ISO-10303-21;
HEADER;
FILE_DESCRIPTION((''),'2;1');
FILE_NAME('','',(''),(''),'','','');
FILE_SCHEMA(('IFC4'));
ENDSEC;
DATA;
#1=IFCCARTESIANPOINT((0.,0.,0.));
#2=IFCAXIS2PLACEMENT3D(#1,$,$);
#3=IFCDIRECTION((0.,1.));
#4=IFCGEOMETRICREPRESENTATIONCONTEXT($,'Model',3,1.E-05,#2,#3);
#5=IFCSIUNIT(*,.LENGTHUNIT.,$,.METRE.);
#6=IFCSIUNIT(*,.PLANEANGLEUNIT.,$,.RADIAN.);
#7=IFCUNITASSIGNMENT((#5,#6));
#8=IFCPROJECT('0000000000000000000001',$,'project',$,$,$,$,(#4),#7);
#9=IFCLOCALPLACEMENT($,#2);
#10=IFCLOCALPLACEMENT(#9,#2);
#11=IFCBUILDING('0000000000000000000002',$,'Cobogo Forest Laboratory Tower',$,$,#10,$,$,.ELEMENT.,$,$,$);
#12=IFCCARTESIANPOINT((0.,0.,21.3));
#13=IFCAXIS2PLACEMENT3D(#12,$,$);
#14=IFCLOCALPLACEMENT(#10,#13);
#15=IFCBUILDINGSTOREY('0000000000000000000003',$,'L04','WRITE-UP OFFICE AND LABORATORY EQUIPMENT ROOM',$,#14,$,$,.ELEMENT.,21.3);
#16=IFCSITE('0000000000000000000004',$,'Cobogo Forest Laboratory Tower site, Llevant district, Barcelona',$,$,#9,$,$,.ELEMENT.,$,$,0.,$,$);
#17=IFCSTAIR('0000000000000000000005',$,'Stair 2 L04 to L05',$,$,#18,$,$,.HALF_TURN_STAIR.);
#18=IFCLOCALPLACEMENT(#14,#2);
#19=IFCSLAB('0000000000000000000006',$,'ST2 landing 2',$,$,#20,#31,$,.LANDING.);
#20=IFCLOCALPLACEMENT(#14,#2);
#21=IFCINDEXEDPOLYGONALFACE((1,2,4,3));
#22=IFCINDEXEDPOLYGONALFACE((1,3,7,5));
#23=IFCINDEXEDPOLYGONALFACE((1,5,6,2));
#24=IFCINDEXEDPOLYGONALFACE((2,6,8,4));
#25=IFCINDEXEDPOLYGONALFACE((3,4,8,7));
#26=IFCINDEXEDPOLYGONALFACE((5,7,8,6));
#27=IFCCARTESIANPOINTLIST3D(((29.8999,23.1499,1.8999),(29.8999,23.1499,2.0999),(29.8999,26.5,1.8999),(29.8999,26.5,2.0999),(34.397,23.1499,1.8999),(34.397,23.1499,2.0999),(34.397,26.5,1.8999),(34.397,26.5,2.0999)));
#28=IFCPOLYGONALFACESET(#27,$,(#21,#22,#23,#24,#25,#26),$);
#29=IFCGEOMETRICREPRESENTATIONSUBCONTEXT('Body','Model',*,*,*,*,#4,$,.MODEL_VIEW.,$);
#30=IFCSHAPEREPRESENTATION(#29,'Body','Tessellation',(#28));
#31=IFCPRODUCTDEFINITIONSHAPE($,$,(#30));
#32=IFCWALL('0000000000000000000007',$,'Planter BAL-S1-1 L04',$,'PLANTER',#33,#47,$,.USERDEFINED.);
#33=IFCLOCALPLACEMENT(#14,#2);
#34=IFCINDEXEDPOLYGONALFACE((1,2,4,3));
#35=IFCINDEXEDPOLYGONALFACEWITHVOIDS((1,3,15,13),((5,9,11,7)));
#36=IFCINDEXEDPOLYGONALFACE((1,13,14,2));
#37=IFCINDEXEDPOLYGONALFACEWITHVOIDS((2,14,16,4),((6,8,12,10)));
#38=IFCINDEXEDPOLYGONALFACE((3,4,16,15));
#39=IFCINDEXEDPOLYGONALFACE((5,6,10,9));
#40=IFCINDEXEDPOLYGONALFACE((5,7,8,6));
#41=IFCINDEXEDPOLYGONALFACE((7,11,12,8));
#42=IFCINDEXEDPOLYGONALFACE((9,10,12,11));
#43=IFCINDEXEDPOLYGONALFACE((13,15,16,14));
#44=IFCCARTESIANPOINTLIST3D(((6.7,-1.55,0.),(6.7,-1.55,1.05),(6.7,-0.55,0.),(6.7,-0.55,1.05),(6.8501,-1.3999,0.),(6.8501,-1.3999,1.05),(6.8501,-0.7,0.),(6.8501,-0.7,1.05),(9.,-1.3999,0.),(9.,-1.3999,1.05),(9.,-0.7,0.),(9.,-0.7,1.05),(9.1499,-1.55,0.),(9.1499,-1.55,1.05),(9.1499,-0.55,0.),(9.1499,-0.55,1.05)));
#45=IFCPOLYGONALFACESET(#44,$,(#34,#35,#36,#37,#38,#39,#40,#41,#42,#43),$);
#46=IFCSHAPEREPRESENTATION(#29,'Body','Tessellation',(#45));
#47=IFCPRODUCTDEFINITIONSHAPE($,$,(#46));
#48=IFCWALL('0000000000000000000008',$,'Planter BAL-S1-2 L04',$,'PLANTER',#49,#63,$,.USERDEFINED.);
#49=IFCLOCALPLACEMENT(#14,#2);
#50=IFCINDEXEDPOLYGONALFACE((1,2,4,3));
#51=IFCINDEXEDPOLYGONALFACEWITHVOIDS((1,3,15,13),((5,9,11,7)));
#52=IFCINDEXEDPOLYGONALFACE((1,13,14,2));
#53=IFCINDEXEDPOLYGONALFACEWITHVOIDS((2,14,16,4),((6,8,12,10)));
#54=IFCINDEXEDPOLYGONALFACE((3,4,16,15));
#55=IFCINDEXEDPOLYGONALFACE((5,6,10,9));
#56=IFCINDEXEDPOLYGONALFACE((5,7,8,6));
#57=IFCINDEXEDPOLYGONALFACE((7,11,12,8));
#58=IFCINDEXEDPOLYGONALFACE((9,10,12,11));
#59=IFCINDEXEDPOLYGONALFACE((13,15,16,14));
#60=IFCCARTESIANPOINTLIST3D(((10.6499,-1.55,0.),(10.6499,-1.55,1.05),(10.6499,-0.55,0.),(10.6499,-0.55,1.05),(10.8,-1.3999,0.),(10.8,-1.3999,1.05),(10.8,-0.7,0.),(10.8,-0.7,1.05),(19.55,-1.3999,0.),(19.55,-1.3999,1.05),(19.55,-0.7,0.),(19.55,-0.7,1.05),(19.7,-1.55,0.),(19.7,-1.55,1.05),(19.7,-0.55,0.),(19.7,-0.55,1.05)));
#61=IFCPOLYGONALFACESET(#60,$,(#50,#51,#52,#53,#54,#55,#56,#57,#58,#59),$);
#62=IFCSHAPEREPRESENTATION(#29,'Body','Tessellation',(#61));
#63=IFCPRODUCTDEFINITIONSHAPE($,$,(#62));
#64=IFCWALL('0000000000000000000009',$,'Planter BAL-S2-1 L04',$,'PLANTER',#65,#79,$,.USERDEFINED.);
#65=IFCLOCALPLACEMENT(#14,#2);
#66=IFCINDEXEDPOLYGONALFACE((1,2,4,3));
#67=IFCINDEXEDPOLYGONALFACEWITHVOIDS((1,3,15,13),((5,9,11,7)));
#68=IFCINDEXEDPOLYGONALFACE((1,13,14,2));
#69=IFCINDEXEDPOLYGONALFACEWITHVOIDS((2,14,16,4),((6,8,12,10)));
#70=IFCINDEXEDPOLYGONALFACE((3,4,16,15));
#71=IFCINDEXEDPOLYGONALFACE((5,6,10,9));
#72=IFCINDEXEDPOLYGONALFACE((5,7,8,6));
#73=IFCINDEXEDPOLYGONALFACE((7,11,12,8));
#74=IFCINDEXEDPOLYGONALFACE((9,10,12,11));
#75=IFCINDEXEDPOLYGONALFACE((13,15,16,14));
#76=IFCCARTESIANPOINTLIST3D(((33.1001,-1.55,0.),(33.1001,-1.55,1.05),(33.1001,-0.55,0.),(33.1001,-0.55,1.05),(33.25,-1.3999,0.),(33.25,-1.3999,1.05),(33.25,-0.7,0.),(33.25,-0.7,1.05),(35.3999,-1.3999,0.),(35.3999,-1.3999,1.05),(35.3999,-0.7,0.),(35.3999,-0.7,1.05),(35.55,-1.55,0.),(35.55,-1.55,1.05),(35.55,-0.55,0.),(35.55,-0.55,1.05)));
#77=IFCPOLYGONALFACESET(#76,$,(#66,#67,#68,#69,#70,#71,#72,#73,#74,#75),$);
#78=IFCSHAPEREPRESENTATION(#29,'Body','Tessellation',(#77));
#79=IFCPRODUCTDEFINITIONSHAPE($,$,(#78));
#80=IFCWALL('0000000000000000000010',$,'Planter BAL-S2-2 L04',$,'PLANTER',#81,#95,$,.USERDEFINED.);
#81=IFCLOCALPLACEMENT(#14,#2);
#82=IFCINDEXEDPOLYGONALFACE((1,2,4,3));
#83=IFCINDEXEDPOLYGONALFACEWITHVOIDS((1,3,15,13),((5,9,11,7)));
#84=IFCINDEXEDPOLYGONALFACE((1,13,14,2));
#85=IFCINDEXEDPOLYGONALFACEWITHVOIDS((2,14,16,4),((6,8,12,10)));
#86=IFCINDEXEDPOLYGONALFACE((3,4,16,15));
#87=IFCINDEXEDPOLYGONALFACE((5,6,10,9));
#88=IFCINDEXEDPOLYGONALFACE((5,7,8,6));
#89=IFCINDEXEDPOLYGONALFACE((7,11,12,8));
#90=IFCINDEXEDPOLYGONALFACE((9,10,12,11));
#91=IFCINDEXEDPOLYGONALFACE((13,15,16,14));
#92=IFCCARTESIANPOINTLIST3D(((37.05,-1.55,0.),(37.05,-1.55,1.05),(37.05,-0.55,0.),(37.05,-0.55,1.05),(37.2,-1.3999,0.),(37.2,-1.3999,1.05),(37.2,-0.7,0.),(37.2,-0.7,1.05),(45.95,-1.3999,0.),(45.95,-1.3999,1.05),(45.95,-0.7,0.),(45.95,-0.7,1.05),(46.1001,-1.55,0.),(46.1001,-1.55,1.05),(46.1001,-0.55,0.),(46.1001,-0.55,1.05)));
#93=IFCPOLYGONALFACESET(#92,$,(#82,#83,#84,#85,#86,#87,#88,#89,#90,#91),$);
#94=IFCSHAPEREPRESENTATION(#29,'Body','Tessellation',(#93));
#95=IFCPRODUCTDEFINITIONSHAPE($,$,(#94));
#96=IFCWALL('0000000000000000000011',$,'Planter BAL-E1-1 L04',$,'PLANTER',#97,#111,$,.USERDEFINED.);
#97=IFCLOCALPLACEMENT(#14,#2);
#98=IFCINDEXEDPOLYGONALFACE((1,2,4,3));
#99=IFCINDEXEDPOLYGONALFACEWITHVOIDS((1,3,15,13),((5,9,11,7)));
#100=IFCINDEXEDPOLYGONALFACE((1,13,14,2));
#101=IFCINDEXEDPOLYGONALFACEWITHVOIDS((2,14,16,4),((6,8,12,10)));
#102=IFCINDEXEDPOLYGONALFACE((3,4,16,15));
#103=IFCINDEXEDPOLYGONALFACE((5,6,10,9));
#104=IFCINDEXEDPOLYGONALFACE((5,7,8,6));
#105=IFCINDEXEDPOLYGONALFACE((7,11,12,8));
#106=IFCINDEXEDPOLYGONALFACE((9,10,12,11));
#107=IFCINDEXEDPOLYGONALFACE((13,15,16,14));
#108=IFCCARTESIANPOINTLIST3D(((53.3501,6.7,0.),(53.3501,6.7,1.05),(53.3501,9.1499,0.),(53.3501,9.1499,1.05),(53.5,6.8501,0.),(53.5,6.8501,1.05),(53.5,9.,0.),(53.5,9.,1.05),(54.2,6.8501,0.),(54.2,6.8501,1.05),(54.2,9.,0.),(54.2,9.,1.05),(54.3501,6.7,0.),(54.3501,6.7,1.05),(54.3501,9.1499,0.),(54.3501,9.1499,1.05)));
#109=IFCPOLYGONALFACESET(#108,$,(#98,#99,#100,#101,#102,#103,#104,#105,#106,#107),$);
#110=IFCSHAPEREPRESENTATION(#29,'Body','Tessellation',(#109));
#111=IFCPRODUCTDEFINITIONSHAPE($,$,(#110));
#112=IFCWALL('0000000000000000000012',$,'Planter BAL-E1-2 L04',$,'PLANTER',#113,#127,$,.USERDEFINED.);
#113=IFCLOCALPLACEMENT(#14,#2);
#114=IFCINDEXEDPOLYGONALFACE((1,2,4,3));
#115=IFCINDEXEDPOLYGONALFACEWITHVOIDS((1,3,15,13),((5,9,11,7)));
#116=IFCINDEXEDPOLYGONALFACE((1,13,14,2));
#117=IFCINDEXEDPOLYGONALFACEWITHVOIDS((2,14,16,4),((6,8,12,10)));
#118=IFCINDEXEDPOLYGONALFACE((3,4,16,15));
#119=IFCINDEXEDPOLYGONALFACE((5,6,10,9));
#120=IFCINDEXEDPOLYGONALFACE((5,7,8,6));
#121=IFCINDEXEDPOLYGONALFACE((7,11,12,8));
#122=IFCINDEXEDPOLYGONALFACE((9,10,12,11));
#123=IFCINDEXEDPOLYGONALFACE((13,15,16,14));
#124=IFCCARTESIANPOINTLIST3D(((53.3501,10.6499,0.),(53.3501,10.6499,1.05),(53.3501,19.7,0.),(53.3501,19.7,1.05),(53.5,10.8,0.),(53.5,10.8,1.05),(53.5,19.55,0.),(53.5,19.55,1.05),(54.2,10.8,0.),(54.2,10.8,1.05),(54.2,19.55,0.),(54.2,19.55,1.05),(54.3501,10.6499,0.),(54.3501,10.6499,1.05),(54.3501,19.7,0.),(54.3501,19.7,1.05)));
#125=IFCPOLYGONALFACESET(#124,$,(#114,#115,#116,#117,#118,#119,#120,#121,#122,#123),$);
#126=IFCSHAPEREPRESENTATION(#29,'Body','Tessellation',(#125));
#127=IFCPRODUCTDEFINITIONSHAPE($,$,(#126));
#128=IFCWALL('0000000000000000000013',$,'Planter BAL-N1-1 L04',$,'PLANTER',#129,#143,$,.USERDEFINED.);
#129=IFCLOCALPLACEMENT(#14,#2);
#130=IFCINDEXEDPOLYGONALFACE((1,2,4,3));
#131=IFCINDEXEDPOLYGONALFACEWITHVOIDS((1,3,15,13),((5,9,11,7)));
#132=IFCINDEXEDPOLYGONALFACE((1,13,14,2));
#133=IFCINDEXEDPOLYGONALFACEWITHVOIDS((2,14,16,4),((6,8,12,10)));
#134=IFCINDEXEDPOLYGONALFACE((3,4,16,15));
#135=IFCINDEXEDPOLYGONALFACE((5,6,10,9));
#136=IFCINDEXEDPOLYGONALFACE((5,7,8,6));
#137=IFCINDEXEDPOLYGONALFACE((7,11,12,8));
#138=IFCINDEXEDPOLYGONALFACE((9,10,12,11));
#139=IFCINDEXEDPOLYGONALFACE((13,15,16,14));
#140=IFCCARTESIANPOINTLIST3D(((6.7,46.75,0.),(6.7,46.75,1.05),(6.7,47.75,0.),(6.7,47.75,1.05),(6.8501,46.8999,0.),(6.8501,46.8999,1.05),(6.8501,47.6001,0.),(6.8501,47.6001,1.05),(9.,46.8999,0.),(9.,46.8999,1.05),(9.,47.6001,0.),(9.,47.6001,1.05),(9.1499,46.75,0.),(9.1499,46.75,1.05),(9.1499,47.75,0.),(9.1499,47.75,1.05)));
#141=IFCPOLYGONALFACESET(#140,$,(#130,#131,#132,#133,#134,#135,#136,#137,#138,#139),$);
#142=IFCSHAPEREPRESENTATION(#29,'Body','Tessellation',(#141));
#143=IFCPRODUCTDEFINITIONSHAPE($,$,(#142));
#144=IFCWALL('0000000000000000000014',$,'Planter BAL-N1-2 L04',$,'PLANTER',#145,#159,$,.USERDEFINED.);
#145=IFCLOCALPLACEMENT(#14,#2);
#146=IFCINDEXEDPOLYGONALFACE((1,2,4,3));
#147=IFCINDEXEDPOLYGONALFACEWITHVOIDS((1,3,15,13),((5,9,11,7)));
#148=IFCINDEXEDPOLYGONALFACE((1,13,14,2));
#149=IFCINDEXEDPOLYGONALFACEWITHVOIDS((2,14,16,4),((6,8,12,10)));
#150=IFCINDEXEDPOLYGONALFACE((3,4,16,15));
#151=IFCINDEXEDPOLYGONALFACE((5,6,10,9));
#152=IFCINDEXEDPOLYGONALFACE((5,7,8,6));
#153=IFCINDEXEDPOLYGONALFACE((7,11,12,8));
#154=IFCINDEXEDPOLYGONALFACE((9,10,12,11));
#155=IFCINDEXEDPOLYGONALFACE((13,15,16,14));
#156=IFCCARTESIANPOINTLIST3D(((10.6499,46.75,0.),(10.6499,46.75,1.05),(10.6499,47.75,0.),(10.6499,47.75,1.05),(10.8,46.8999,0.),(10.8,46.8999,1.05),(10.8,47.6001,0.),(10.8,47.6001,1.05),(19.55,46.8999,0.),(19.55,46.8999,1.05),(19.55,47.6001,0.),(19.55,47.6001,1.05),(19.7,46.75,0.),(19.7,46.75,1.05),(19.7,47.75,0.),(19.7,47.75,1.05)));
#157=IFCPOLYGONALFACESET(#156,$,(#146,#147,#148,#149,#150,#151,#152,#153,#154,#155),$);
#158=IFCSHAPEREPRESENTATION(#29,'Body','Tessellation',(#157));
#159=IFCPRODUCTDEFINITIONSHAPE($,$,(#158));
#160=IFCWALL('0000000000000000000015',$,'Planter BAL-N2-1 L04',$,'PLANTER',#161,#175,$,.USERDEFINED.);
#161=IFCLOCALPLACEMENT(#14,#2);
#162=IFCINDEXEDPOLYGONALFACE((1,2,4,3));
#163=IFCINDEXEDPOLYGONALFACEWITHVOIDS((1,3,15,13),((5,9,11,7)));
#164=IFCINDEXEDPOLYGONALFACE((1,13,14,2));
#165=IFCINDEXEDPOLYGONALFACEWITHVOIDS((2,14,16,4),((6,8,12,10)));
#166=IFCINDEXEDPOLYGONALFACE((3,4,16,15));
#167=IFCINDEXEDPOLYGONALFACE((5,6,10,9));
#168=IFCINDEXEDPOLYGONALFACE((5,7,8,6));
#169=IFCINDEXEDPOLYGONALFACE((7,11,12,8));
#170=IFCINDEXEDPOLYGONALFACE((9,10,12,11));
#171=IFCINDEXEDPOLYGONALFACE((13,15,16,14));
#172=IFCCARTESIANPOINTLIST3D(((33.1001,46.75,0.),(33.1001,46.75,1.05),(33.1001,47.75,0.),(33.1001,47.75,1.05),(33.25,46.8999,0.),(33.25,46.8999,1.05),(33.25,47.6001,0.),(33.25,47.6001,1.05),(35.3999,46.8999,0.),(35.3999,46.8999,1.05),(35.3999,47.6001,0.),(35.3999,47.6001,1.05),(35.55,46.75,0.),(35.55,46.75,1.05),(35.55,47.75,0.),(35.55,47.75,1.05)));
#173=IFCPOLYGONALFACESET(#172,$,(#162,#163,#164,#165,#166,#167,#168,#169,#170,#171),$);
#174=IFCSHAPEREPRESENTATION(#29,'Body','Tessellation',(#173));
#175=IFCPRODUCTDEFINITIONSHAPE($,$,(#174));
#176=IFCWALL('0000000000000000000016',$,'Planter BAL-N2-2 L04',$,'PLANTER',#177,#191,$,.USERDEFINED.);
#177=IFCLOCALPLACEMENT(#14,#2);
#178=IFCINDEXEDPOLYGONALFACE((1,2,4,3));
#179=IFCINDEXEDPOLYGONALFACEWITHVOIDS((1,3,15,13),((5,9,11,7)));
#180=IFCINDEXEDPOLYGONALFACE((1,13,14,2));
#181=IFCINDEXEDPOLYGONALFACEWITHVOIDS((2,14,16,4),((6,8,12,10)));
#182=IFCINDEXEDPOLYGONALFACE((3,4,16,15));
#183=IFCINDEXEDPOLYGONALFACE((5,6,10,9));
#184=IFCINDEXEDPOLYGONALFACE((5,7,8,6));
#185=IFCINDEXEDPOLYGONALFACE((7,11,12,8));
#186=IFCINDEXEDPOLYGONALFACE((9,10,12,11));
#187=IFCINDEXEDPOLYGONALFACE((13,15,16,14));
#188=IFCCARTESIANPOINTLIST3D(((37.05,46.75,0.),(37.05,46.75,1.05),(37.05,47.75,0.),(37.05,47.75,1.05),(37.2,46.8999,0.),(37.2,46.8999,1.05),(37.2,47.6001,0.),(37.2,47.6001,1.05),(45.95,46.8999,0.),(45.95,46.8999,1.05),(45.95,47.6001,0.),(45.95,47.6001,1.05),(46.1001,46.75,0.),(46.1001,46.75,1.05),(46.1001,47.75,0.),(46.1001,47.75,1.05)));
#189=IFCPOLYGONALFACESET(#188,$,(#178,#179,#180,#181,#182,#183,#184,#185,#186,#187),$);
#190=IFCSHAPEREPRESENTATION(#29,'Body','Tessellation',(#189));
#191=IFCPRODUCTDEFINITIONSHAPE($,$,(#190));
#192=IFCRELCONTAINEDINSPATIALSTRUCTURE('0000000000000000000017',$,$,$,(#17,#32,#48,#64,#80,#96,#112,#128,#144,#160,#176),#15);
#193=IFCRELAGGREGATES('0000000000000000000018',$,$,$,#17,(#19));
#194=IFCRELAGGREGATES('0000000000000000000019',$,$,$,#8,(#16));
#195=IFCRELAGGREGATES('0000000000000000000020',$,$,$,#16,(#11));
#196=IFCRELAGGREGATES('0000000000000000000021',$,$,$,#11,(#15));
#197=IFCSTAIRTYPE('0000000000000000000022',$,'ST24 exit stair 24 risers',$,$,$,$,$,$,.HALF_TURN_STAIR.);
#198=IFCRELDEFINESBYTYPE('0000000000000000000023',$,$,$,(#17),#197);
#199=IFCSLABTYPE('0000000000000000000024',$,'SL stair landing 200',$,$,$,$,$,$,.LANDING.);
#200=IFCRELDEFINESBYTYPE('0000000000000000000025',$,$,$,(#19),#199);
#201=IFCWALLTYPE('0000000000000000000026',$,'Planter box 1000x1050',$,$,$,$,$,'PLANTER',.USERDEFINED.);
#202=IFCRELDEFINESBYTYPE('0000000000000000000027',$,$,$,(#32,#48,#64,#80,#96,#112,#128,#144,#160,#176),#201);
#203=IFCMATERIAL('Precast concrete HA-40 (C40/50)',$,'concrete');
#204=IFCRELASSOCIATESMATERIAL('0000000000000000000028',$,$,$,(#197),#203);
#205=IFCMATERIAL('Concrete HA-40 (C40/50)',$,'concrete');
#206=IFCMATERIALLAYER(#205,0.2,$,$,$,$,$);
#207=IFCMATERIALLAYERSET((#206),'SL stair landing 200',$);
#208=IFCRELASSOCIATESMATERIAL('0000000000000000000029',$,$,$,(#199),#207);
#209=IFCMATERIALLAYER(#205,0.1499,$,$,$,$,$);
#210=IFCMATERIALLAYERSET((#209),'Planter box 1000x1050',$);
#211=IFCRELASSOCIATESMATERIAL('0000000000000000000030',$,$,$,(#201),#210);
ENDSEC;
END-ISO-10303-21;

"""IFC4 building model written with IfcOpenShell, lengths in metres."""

from ifc_helpers import new_model, si_unit, direction, frame, origin, place, context, subcontext, project, spatial, polyline, outline, extrude, material, layer, layer_set, type_object, element, aggregate, save


model = new_model("IFC4")

# Units and contexts
model_context = context("Model", 3, precision=1e-05, world=origin(), true_north=direction((0.0, 1.0)))
body_context = subcontext(model_context, "Body", "Model", "MODEL_VIEW")
ifc_project = project(units=[si_unit("LENGTHUNIT", "METRE"), si_unit("PLANEANGLEUNIT", "RADIAN")], contexts=[model_context])

# Site, building, storey
site_placement = place(None, origin())
site = spatial("IfcSite", under=ifc_project, at=site_placement, Name="Cobogo Forest Laboratory Tower site, Llevant district, Barcelona", CompositionType="ELEMENT", RefElevation=0.0)
building_placement = place(site_placement, origin())
building = spatial("IfcBuilding", under=site, at=building_placement, Name="Cobogo Forest Laboratory Tower", CompositionType="ELEMENT")
storey_placement = place(building_placement, frame((0.0, 0.0, 21.3)))
storey = spatial("IfcBuildingStorey", under=building, at=storey_placement, Name="L04", Description="WRITE-UP OFFICE AND LABORATORY EQUIPMENT ROOM", CompositionType="ELEMENT", Elevation=21.3)

# Shared definitions
ifc_material_1 = material(Name="Concrete HA-40 (C40/50)", Category="concrete")

# Stair, slab
ifc_material_2 = material(Name="Precast concrete HA-40 (C40/50)", Category="concrete")
stair_type = type_object("IfcStairType", Name="ST24 exit stair 24 risers", PredefinedType="HALF_TURN_STAIR", material=ifc_material_2)
ifc_layer_1 = layer(ifc_material_1, 0.2)
ifc_layer_set_1 = layer_set([ifc_layer_1], Name="SL stair landing 200")
slab_type_1 = type_object("IfcSlabType", Name="SL stair landing 200", PredefinedType="LANDING", material=ifc_layer_set_1)
stair_1_placement = place(storey_placement, origin())
stair_1 = element("IfcStair", 1, at=stair_1_placement, inside=storey, type_object=stair_type, Name="Stair 2 L04 to L05", PredefinedType="HALF_TURN_STAIR")
slab_1_placement = place(storey_placement, frame((0.0, 0.0, 1.8999)))
slab_1 = element("IfcSlab", 2, at=slab_1_placement, type_object=slab_type_1, Name="ST2 landing 2", PredefinedType="LANDING", context=body_context, shape_type="SweptSolid", body=[
    extrude(outline(polyline([(29.8999, 23.1499), (34.397, 23.1499), (34.397, 26.5), (29.8999, 26.5), (29.8999, 23.1499)])), origin(), (0.0, 0.0, 1.0), 0.2),
])
aggregate(stair_1, [slab_1])

# Walls
ifc_layer_2 = layer(ifc_material_1, 0.1499)
ifc_layer_set_2 = layer_set([ifc_layer_2], Name="Planter box 1000x1050")
wall_type = type_object("IfcWallType", Name="Planter box 1000x1050", ElementType="PLANTER", PredefinedType="USERDEFINED", material=ifc_layer_set_2)
wall_1_placement = place(storey_placement, origin())
element("IfcWall", 3, at=wall_1_placement, inside=storey, type_object=wall_type, Name="Planter BAL-S1-1 L04", ObjectType="PLANTER", PredefinedType="USERDEFINED", context=body_context, shape_type="SweptSolid", body=[
    extrude(outline(polyline([(6.7, -1.55), (9.1499, -1.55), (9.1499, -0.55), (6.7, -0.55), (6.7, -1.55)]), holes=[polyline([(6.8501, -1.3999), (9.0, -1.3999), (9.0, -0.7), (6.8501, -0.7), (6.8501, -1.3999)])]), origin(), (0.0, 0.0, 1.0), 1.05),
])
wall_2_placement = place(storey_placement, origin())
element("IfcWall", 4, at=wall_2_placement, inside=storey, type_object=wall_type, Name="Planter BAL-S1-2 L04", ObjectType="PLANTER", PredefinedType="USERDEFINED", context=body_context, shape_type="SweptSolid", body=[
    extrude(outline(polyline([(10.6499, -1.55), (19.7, -1.55), (19.7, -0.55), (10.6499, -0.55), (10.6499, -1.55)]), holes=[polyline([(10.8, -1.3999), (19.55, -1.3999), (19.55, -0.7), (10.8, -0.7), (10.8, -1.3999)])]), origin(), (0.0, 0.0, 1.0), 1.05),
])
wall_3_placement = place(storey_placement, origin())
element("IfcWall", 5, at=wall_3_placement, inside=storey, type_object=wall_type, Name="Planter BAL-S2-1 L04", ObjectType="PLANTER", PredefinedType="USERDEFINED", context=body_context, shape_type="SweptSolid", body=[
    extrude(outline(polyline([(33.1001, -1.55), (35.55, -1.55), (35.55, -0.55), (33.1001, -0.55), (33.1001, -1.55)]), holes=[polyline([(33.25, -1.3999), (35.3999, -1.3999), (35.3999, -0.7), (33.25, -0.7), (33.25, -1.3999)])]), origin(), (0.0, 0.0, 1.0), 1.05),
])
wall_4_placement = place(storey_placement, origin())
element("IfcWall", 6, at=wall_4_placement, inside=storey, type_object=wall_type, Name="Planter BAL-S2-2 L04", ObjectType="PLANTER", PredefinedType="USERDEFINED", context=body_context, shape_type="SweptSolid", body=[
    extrude(outline(polyline([(37.05, -1.55), (46.1001, -1.55), (46.1001, -0.55), (37.05, -0.55), (37.05, -1.55)]), holes=[polyline([(37.2, -1.3999), (45.95, -1.3999), (45.95, -0.7), (37.2, -0.7), (37.2, -1.3999)])]), origin(), (0.0, 0.0, 1.0), 1.05),
])
wall_5_placement = place(storey_placement, origin())
element("IfcWall", 7, at=wall_5_placement, inside=storey, type_object=wall_type, Name="Planter BAL-E1-1 L04", ObjectType="PLANTER", PredefinedType="USERDEFINED", context=body_context, shape_type="SweptSolid", body=[
    extrude(outline(polyline([(53.3501, 6.7), (54.3501, 6.7), (54.3501, 9.1499), (53.3501, 9.1499), (53.3501, 6.7)]), holes=[polyline([(53.5, 6.8501), (54.2, 6.8501), (54.2, 9.0), (53.5, 9.0), (53.5, 6.8501)])]), origin(), (0.0, 0.0, 1.0), 1.05),
])
wall_6_placement = place(storey_placement, origin())
element("IfcWall", 8, at=wall_6_placement, inside=storey, type_object=wall_type, Name="Planter BAL-E1-2 L04", ObjectType="PLANTER", PredefinedType="USERDEFINED", context=body_context, shape_type="SweptSolid", body=[
    extrude(outline(polyline([(53.3501, 10.6499), (54.3501, 10.6499), (54.3501, 19.7), (53.3501, 19.7), (53.3501, 10.6499)]), holes=[polyline([(53.5, 10.8), (54.2, 10.8), (54.2, 19.55), (53.5, 19.55), (53.5, 10.8)])]), origin(), (0.0, 0.0, 1.0), 1.05),
])
wall_7_placement = place(storey_placement, origin())
element("IfcWall", 9, at=wall_7_placement, inside=storey, type_object=wall_type, Name="Planter BAL-N1-1 L04", ObjectType="PLANTER", PredefinedType="USERDEFINED", context=body_context, shape_type="SweptSolid", body=[
    extrude(outline(polyline([(6.7, 46.75), (9.1499, 46.75), (9.1499, 47.75), (6.7, 47.75), (6.7, 46.75)]), holes=[polyline([(6.8501, 46.8999), (9.0, 46.8999), (9.0, 47.6001), (6.8501, 47.6001), (6.8501, 46.8999)])]), origin(), (0.0, 0.0, 1.0), 1.05),
])
wall_8_placement = place(storey_placement, origin())
element("IfcWall", 10, at=wall_8_placement, inside=storey, type_object=wall_type, Name="Planter BAL-N1-2 L04", ObjectType="PLANTER", PredefinedType="USERDEFINED", context=body_context, shape_type="SweptSolid", body=[
    extrude(outline(polyline([(10.6499, 46.75), (19.7, 46.75), (19.7, 47.75), (10.6499, 47.75), (10.6499, 46.75)]), holes=[polyline([(10.8, 46.8999), (19.55, 46.8999), (19.55, 47.6001), (10.8, 47.6001), (10.8, 46.8999)])]), origin(), (0.0, 0.0, 1.0), 1.05),
])
wall_9_placement = place(storey_placement, origin())
element("IfcWall", 11, at=wall_9_placement, inside=storey, type_object=wall_type, Name="Planter BAL-N2-1 L04", ObjectType="PLANTER", PredefinedType="USERDEFINED", context=body_context, shape_type="SweptSolid", body=[
    extrude(outline(polyline([(33.1001, 46.75), (35.55, 46.75), (35.55, 47.75), (33.1001, 47.75), (33.1001, 46.75)]), holes=[polyline([(33.25, 46.8999), (35.3999, 46.8999), (35.3999, 47.6001), (33.25, 47.6001), (33.25, 46.8999)])]), origin(), (0.0, 0.0, 1.0), 1.05),
])
wall_10_placement = place(storey_placement, origin())
element("IfcWall", 12, at=wall_10_placement, inside=storey, type_object=wall_type, Name="Planter BAL-N2-2 L04", ObjectType="PLANTER", PredefinedType="USERDEFINED", context=body_context, shape_type="SweptSolid", body=[
    extrude(outline(polyline([(37.05, 46.75), (46.1001, 46.75), (46.1001, 47.75), (37.05, 47.75), (37.05, 46.75)]), holes=[polyline([(37.2, 46.8999), (45.95, 46.8999), (45.95, 47.6001), (37.2, 47.6001), (37.2, 46.8999)])]), origin(), (0.0, 0.0, 1.0), 1.05),
])

save(model, "model.ifc")
